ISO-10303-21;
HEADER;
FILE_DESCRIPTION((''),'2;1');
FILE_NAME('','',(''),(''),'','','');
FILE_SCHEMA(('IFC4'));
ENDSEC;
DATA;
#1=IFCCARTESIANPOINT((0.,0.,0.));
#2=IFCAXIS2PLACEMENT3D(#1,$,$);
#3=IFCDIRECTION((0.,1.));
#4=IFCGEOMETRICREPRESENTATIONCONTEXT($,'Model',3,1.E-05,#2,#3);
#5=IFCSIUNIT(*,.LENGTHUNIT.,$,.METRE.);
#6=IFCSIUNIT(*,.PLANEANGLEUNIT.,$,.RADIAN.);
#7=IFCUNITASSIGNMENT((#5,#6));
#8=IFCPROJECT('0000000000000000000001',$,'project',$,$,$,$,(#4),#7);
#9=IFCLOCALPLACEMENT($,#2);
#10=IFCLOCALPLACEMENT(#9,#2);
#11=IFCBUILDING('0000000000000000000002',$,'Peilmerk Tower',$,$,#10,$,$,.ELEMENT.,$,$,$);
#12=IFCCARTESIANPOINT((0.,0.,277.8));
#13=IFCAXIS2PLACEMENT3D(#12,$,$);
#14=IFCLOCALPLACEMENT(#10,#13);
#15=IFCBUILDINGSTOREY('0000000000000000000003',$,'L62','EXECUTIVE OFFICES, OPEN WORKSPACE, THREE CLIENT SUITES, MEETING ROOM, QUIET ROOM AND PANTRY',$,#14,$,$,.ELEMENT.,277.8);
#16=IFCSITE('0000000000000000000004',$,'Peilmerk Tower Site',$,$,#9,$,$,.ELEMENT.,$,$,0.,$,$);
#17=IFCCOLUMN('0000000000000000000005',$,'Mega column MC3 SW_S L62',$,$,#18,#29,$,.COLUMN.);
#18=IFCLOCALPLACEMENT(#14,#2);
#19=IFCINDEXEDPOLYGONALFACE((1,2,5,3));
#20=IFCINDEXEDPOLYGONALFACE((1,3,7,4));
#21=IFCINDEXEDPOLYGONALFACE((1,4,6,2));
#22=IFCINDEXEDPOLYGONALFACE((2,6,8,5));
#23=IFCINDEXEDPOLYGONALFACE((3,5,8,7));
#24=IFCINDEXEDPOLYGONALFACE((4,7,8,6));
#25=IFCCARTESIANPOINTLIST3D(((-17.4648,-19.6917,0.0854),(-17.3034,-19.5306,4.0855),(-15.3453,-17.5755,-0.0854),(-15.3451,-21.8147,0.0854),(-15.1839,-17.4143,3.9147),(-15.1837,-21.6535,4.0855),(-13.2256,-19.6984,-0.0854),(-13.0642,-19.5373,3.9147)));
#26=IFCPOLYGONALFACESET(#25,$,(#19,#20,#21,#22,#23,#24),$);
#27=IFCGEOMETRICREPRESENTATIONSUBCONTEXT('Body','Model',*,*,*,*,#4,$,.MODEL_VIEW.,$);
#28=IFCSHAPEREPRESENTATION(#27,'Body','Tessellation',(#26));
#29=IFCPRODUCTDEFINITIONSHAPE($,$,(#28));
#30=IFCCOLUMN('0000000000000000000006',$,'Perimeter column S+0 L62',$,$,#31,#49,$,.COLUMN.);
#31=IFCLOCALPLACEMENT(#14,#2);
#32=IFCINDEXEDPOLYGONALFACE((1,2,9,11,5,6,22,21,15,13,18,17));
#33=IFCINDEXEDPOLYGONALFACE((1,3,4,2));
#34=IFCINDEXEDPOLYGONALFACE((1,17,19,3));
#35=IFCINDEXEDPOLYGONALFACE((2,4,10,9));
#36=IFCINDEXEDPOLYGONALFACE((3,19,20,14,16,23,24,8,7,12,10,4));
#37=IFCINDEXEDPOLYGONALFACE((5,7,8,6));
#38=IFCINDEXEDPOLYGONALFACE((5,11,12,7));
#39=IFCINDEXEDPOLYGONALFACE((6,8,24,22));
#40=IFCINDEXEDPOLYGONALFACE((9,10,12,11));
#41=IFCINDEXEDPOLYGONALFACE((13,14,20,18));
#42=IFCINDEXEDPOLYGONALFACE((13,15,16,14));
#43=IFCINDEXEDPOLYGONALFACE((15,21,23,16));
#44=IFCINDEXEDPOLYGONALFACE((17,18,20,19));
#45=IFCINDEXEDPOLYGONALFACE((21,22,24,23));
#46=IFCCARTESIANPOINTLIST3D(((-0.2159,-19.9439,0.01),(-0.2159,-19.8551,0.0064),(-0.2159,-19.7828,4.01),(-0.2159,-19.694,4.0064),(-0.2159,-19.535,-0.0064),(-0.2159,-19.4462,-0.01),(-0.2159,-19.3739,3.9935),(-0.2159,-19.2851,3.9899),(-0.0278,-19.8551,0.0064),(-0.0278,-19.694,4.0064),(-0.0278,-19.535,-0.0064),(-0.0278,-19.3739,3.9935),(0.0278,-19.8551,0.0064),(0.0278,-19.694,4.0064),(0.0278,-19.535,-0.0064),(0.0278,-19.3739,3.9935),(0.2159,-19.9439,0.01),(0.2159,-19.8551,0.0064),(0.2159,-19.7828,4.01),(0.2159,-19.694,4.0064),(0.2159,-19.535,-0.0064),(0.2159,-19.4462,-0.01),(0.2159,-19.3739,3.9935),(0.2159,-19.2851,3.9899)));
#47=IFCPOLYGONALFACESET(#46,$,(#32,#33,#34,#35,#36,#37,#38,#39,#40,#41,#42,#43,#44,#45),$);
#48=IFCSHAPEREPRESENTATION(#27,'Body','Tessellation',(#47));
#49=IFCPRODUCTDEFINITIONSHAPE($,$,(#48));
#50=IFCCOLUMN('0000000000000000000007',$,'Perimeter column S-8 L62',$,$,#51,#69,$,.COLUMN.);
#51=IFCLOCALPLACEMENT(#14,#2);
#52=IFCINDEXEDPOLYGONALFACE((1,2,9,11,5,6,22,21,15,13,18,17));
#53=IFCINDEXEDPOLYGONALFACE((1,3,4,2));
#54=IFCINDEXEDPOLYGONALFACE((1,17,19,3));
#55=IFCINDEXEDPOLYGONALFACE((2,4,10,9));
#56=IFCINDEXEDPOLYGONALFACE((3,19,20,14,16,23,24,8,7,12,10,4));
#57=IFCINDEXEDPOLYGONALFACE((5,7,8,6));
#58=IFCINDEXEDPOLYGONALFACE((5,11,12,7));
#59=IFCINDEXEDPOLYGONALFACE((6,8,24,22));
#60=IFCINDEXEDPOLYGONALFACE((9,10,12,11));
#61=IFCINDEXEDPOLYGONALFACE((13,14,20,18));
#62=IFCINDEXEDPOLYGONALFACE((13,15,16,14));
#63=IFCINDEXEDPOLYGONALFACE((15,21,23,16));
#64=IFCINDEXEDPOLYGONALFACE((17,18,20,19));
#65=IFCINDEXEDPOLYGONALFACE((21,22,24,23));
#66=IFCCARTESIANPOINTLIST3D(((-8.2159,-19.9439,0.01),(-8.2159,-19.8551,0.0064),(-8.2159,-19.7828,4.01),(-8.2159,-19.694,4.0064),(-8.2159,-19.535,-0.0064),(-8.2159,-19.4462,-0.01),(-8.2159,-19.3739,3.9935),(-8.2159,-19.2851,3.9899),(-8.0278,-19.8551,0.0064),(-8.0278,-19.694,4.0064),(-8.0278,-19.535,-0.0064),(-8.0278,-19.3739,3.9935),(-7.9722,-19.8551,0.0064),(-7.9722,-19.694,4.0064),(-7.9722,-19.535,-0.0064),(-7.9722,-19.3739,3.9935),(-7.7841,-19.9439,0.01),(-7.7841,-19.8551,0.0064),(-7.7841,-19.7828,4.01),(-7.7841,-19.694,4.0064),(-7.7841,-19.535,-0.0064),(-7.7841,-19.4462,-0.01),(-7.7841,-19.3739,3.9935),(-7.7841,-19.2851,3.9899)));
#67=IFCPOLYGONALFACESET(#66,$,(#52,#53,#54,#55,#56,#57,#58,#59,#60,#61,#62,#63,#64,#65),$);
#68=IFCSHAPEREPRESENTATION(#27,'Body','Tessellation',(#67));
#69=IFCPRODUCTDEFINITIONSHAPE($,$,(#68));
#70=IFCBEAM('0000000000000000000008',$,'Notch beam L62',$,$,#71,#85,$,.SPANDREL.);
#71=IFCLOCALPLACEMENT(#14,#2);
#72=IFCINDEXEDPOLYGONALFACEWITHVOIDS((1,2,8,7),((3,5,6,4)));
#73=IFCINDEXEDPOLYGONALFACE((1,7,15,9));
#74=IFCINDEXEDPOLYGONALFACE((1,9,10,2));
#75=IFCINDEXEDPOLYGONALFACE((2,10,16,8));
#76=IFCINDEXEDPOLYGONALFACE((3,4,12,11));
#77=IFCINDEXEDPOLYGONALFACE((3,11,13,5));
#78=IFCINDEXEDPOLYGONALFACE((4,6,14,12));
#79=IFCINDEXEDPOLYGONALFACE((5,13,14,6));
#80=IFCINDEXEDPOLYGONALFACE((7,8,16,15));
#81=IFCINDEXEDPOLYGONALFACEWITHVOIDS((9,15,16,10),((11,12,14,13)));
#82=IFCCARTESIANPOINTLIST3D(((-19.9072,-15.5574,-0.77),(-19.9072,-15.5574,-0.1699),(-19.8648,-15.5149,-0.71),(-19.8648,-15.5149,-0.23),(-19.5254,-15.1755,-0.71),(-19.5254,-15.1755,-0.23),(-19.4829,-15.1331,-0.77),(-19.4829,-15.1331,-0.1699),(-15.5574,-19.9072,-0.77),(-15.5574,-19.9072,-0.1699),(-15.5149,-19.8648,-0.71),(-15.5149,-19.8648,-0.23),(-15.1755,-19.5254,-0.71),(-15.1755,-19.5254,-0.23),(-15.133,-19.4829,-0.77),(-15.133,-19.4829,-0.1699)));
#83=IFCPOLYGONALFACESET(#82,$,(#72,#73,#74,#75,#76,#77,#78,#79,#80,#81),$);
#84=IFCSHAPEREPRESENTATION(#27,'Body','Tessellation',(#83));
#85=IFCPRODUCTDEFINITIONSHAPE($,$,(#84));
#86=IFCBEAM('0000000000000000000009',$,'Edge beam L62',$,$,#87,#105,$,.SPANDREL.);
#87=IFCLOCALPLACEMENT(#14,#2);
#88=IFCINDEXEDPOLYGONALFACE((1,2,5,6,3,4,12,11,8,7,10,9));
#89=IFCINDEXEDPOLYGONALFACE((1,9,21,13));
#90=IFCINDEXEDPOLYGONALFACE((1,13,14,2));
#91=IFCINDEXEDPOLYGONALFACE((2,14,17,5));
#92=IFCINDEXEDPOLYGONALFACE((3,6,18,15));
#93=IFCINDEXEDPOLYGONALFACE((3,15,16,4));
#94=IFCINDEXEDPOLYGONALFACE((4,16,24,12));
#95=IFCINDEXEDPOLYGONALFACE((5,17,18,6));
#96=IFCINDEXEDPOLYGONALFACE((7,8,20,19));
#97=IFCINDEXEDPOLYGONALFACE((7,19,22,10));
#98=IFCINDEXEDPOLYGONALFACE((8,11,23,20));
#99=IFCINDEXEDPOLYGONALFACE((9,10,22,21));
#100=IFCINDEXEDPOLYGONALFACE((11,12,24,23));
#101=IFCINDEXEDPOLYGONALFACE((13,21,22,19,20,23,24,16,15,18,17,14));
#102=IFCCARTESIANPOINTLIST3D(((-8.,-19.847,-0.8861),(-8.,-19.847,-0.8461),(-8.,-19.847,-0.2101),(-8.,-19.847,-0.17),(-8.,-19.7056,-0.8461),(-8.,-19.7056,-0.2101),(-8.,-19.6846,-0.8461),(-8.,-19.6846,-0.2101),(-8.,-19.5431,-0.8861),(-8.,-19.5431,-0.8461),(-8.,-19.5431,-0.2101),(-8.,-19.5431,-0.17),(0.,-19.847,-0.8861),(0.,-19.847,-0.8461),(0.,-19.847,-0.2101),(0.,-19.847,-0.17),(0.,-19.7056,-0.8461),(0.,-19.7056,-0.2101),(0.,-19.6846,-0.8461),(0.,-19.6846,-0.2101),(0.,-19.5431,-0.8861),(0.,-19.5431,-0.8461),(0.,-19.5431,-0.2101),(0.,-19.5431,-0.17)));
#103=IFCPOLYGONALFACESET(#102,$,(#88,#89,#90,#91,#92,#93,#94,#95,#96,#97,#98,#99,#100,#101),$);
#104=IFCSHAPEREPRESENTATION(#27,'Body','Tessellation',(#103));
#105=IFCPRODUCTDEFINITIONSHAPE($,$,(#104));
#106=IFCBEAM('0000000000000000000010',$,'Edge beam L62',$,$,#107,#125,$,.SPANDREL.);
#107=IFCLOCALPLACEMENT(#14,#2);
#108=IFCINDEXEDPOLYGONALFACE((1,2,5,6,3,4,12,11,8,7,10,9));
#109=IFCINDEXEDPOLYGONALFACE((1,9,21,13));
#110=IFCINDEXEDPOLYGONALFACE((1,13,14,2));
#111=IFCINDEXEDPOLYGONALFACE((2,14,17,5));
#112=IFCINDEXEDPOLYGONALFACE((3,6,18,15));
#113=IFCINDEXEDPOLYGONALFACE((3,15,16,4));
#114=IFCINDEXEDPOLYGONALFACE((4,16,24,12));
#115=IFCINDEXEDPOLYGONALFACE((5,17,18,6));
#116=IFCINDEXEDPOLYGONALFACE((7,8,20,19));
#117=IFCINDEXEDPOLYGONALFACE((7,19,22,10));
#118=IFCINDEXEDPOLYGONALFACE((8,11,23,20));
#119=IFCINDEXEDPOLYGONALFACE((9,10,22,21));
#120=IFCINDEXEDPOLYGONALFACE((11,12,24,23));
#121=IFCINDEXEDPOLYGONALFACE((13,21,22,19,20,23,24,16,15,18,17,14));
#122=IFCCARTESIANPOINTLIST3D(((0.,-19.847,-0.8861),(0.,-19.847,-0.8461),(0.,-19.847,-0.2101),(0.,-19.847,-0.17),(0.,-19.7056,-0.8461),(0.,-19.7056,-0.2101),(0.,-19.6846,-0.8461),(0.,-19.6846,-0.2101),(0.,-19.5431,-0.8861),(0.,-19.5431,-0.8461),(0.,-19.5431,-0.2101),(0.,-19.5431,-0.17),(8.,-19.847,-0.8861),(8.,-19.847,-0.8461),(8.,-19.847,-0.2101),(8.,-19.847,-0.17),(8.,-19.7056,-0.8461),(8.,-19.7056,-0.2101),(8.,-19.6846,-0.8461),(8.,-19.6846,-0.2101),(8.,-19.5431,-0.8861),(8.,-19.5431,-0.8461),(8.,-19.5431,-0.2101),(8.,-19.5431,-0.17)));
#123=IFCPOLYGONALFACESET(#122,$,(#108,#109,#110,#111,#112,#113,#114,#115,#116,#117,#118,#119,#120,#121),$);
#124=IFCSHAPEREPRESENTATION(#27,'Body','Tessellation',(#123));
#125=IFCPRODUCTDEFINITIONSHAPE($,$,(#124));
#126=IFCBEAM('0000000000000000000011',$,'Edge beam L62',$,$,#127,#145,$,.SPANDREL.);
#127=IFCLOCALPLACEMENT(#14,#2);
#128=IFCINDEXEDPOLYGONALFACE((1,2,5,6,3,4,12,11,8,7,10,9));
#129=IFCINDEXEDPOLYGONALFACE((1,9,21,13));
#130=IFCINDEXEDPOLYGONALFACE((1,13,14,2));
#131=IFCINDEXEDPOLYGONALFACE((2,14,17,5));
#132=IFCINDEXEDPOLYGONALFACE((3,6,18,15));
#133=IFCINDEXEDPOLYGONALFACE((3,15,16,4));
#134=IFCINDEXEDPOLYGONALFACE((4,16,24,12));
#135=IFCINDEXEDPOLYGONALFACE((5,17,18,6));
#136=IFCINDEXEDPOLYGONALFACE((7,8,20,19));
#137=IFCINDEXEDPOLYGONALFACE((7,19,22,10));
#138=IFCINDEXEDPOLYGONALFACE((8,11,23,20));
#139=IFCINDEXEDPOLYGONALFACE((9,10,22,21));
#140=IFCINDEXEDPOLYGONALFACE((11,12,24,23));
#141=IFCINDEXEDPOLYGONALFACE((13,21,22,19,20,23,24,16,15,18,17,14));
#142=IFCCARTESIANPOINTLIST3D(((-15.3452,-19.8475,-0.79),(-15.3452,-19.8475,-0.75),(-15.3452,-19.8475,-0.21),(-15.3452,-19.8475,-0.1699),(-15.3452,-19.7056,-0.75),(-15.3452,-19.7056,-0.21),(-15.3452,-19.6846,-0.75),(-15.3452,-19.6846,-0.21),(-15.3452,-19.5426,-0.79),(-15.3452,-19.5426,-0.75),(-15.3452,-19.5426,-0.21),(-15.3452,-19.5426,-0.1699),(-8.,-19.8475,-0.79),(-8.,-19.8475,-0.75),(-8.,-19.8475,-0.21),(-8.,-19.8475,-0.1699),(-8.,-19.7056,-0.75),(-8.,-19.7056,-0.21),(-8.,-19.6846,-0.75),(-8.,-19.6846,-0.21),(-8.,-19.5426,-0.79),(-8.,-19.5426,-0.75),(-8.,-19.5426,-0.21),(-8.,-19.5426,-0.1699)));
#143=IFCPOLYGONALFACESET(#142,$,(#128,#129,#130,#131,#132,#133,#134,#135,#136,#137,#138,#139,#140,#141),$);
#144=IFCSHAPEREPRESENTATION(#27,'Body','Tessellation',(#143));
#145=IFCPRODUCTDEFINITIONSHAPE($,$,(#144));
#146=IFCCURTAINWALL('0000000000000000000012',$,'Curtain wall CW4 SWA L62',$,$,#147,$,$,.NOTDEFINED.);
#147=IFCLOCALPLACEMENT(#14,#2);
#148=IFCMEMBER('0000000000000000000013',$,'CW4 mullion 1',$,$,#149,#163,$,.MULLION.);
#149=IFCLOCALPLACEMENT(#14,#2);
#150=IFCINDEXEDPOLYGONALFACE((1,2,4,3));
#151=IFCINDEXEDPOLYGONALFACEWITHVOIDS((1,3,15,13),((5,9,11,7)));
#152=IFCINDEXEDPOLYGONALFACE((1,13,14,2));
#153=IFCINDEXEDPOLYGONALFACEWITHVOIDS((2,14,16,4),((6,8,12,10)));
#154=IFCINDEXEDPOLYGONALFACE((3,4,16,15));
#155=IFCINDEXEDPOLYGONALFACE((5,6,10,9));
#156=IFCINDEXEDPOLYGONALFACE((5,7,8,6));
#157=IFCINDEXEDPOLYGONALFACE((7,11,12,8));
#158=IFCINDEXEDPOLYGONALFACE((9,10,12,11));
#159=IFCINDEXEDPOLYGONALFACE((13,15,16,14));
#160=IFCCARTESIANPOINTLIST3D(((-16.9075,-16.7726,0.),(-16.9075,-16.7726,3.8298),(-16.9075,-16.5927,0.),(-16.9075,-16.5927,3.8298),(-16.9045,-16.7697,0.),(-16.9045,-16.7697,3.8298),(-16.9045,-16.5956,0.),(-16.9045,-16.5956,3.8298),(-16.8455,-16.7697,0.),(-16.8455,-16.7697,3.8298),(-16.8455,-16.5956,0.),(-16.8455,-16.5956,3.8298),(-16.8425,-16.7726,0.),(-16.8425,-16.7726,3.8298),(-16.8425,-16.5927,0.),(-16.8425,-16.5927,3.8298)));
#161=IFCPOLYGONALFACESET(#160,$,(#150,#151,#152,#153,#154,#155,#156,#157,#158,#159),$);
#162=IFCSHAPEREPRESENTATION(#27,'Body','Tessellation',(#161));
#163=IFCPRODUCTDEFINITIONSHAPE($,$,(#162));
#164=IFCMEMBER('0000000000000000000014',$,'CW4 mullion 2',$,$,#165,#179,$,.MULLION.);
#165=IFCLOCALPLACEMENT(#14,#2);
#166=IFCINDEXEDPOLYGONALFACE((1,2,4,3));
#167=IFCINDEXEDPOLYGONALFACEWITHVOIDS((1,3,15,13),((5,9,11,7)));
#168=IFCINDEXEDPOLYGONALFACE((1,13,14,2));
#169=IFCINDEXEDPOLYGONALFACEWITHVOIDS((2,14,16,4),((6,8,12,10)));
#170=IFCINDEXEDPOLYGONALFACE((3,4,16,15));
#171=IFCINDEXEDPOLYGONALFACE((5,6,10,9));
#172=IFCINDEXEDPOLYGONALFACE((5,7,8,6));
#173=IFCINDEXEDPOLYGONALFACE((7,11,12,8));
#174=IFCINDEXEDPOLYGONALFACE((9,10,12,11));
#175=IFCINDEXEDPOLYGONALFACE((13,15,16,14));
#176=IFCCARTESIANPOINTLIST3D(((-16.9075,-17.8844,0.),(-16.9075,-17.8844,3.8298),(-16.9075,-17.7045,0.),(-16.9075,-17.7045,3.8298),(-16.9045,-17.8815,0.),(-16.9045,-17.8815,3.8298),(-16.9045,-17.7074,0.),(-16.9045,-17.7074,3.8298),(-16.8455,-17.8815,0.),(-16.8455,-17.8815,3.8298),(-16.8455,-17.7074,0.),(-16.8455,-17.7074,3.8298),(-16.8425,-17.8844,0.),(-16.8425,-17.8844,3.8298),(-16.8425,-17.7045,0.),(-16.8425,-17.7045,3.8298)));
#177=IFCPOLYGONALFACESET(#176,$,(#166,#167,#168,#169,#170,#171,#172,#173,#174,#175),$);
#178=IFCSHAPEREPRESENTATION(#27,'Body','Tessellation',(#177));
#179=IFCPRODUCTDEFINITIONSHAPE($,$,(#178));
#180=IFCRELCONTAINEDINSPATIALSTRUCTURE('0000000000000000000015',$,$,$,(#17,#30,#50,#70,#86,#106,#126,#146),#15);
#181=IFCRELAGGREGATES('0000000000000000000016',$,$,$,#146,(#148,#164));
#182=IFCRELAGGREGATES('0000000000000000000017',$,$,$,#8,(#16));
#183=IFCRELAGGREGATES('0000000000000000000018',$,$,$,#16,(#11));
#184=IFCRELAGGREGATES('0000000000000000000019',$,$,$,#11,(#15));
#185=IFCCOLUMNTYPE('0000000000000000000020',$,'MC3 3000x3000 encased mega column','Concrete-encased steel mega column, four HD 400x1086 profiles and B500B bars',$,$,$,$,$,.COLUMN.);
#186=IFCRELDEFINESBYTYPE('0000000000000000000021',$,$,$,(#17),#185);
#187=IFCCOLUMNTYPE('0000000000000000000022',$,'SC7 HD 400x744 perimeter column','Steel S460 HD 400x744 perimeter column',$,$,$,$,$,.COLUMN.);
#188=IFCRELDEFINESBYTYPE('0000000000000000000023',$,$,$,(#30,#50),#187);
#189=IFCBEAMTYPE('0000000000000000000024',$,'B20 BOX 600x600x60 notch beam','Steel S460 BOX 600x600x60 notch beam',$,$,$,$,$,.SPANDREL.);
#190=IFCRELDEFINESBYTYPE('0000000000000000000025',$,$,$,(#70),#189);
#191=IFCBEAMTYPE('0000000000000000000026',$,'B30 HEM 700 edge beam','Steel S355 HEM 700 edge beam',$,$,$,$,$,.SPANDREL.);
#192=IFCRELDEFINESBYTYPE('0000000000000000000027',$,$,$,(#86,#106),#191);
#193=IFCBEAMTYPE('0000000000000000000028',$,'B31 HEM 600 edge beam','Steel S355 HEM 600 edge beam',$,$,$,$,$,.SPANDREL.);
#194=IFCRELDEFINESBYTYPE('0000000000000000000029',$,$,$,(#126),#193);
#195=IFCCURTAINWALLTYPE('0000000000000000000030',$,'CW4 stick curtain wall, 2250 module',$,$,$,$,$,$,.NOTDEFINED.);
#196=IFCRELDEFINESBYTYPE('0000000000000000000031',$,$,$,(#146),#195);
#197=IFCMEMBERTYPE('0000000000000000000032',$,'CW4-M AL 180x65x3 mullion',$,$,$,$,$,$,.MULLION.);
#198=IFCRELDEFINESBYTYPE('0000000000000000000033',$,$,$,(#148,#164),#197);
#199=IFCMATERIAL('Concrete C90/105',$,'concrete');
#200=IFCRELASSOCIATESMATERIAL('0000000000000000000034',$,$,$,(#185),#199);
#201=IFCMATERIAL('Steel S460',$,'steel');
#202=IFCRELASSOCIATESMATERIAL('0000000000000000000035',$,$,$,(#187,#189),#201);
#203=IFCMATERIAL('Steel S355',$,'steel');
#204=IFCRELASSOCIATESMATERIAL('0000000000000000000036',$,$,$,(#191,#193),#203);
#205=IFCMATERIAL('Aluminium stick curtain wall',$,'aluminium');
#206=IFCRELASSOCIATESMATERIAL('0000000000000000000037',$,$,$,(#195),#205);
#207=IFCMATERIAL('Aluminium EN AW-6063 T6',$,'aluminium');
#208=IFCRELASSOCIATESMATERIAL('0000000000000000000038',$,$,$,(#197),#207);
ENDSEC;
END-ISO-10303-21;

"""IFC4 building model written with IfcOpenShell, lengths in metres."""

from ifc_helpers import new_model, si_unit, direction, frame, origin, origin_2d, place, context, subcontext, project, spatial, rectangle, hollow_rectangle, i_section, extrude, material, material_profile, profile_set, type_object, element, aggregate, save


model = new_model("IFC4")

# Units and contexts
model_context = context("Model", 3, precision=1e-05, world=origin(), true_north=direction((0.0, 1.0)))
body_context = subcontext(model_context, "Body", "Model", "MODEL_VIEW")
ifc_project = project(units=[si_unit("LENGTHUNIT", "METRE"), si_unit("PLANEANGLEUNIT", "RADIAN")], contexts=[model_context])

# Site, building, storey
site_placement = place(None, origin())
site = spatial("IfcSite", under=ifc_project, at=site_placement, Name="Peilmerk Tower Site", CompositionType="ELEMENT", RefElevation=0.0)
building_placement = place(site_placement, origin())
building = spatial("IfcBuilding", under=site, at=building_placement, Name="Peilmerk Tower", CompositionType="ELEMENT")
storey_placement = place(building_placement, frame((0.0, 0.0, 277.8)))
storey = spatial("IfcBuildingStorey", under=building, at=storey_placement, Name="L62", Description="EXECUTIVE OFFICES, OPEN WORKSPACE, THREE CLIENT SUITES, MEETING ROOM, QUIET ROOM AND PANTRY", CompositionType="ELEMENT", Elevation=277.8)

# Columns
ifc_material_1 = material(Name="Concrete C90/105", Category="concrete")
ifc_material_profile_1 = material_profile(ifc_material_1, rectangle(XDim=3.0, YDim=3.0, at=origin_2d()), Name="RC 3000x3000")
ifc_profile_set_1 = profile_set([ifc_material_profile_1], Name="Concrete C90/105")
column_type_1 = type_object("IfcColumnType", Name="MC3 3000x3000 encased mega column", Description="Concrete-encased steel mega column, four HD 400x1086 profiles and B500B bars", PredefinedType="COLUMN", material=ifc_profile_set_1)
column_placement = place(storey_placement, frame((-15.3452, -19.6951, 0.0), z_axis=(0.040279, 0.040218, 0.998379), x_axis=(-0.706571, 0.707642, 0.0)))
element("IfcColumn", 1, at=column_placement, inside=storey, type_object=column_type_1, Name="Mega column MC3 SW_S L62", PredefinedType="COLUMN", context=body_context, shape_type="SweptSolid", body=[
    extrude(rectangle(XDim=3.0, YDim=3.0, at=origin_2d()), origin(), (0.0, 0.0, 1.0), 4.0066),
])
ifc_material_2 = material(Name="Steel S460", Category="steel")
ifc_material_profile_2 = material_profile(ifc_material_2, i_section(OverallWidth=0.4319, OverallDepth=0.498, WebThickness=0.0557, FlangeThickness=0.0889, at=origin_2d()), Name="HD 400x744")
ifc_profile_set_2 = profile_set([ifc_material_profile_2], Name="Steel S460")
column_type_2 = type_object("IfcColumnType", Name="SC7 HD 400x744 perimeter column", Description="Steel S460 HD 400x744 perimeter column", PredefinedType="COLUMN", material=ifc_profile_set_2)
for number, where, z_axis, x_axis, name in (
    (2, (0.0, -19.6951, 0.0), (0.0, 0.040251, 0.99919), (-1.0, 0.0, 0.0), "Perimeter column S+0 L62"),
    (3, (-8.0, -19.6951, 0.0), (0.0, 0.040251, 0.99919), (-1.0, 0.0, 0.0), "Perimeter column S-8 L62"),
):
    element("IfcColumn", number, at=place(storey_placement, frame(where, z_axis=z_axis, x_axis=x_axis)), inside=storey, type_object=column_type_2, Name=name, PredefinedType="COLUMN", context=body_context, shape_type="SweptSolid", body=[
        extrude(i_section(OverallWidth=0.4319, OverallDepth=0.498, WebThickness=0.0557, FlangeThickness=0.0889, at=origin_2d()), origin(), (0.0, 0.0, 1.0), 4.0032),
    ])

# Beams
ifc_material_profile_3 = material_profile(ifc_material_2, hollow_rectangle(XDim=0.6001, YDim=0.6001, WallThickness=0.0601, at=origin_2d()), Name="BOX 600x600x60")
ifc_profile_set_3 = profile_set([ifc_material_profile_3], Name="Steel S460")
beam_type_1 = type_object("IfcBeamType", Name="B20 BOX 600x600x60 notch beam", Description="Steel S460 BOX 600x600x60 notch beam", PredefinedType="SPANDREL", material=ifc_profile_set_3)
beam_1_placement = place(storey_placement, frame((-15.3452, -19.6951, -0.47), z_axis=(-0.707107, 0.707107, 0.0), x_axis=(-0.707107, -0.707107, 0.0)))
element("IfcBeam", 4, at=beam_1_placement, inside=storey, type_object=beam_type_1, Name="Notch beam L62", PredefinedType="SPANDREL", context=body_context, shape_type="SweptSolid", body=[
    extrude(hollow_rectangle(XDim=0.6001, YDim=0.6001, WallThickness=0.0601, at=origin_2d()), origin(), (0.0, 0.0, 1.0), 6.1516),
])
ifc_material_3 = material(Name="Steel S355", Category="steel")
ifc_material_profile_4 = material_profile(ifc_material_3, i_section(OverallWidth=0.304, OverallDepth=0.7161, WebThickness=0.021, FlangeThickness=0.04, at=origin_2d()), Name="HEM 700")
ifc_profile_set_4 = profile_set([ifc_material_profile_4], Name="Steel S355")
beam_type_2 = type_object("IfcBeamType", Name="B30 HEM 700 edge beam", Description="Steel S355 HEM 700 edge beam", PredefinedType="SPANDREL", material=ifc_profile_set_4)
for number, where, z_axis, x_axis, name in (
    (5, (-8.0, -19.6951, -0.5281), (1.0, 0.0, 0.0), (0.0, 1.0, 0.0), "Edge beam L62"),
    (6, (0.0, -19.6951, -0.5281), (1.0, 0.0, 0.0), (0.0, 1.0, 0.0), "Edge beam L62"),
):
    element("IfcBeam", number, at=place(storey_placement, frame(where, z_axis=z_axis, x_axis=x_axis)), inside=storey, type_object=beam_type_2, Name=name, PredefinedType="SPANDREL", context=body_context, shape_type="SweptSolid", body=[
        extrude(i_section(OverallWidth=0.304, OverallDepth=0.7161, WebThickness=0.021, FlangeThickness=0.04, at=origin_2d()), origin(), (0.0, 0.0, 1.0), 8.0),
    ])
ifc_material_profile_5 = material_profile(ifc_material_3, i_section(OverallWidth=0.3049, OverallDepth=0.6201, WebThickness=0.021, FlangeThickness=0.04, at=origin_2d()), Name="HEM 600")
ifc_profile_set_5 = profile_set([ifc_material_profile_5], Name="Steel S355")
beam_type_3 = type_object("IfcBeamType", Name="B31 HEM 600 edge beam", Description="Steel S355 HEM 600 edge beam", PredefinedType="SPANDREL", material=ifc_profile_set_5)
beam_2_placement = place(storey_placement, frame((-15.3452, -19.6951, -0.48), z_axis=(1.0, 0.0, 0.0), x_axis=(0.0, 1.0, 0.0)))
element("IfcBeam", 7, at=beam_2_placement, inside=storey, type_object=beam_type_3, Name="Edge beam L62", PredefinedType="SPANDREL", context=body_context, shape_type="SweptSolid", body=[
    extrude(i_section(OverallWidth=0.3049, OverallDepth=0.6201, WebThickness=0.021, FlangeThickness=0.04, at=origin_2d()), origin(), (0.0, 0.0, 1.0), 7.3452),
])

# Curtain wall, members
ifc_material_4 = material(Name="Aluminium stick curtain wall", Category="aluminium")
curtain_wall_type = type_object("IfcCurtainWallType", Name="CW4 stick curtain wall, 2250 module", PredefinedType="NOTDEFINED", material=ifc_material_4)
curtain_wall_placement = place(storey_placement, origin())
curtain_wall = element("IfcCurtainWall", 8, at=curtain_wall_placement, inside=storey, type_object=curtain_wall_type, Name="Curtain wall CW4 SWA L62", PredefinedType="NOTDEFINED")
ifc_material_5 = material(Name="Aluminium EN AW-6063 T6", Category="aluminium")
ifc_material_profile_6 = material_profile(ifc_material_5, hollow_rectangle(XDim=0.0649, YDim=0.1799, WallThickness=0.0029, at=origin_2d()), Name="AL 180x65x3")
ifc_profile_set_6 = profile_set([ifc_material_profile_6], Name="Aluminium EN AW-6063 T6")
member_type_1 = type_object("IfcMemberType", Name="CW4-M AL 180x65x3 mullion", PredefinedType="MULLION", material=ifc_profile_set_6)
member_1_placement = place(storey_placement, frame((-16.875, -16.6826, 0.0), z_axis=(0.0, 0.0, 1.0), x_axis=(1.0, 0.0, 0.0)))
member_1 = element("IfcMember", 9, at=member_1_placement, type_object=member_type_1, Name="CW4 mullion 1", PredefinedType="MULLION", context=body_context, shape_type="SweptSolid", body=[
    extrude(hollow_rectangle(XDim=0.0649, YDim=0.1799, WallThickness=0.0029, at=origin_2d()), origin(), (0.0, 0.0, 1.0), 3.8298),
])
member_2_placement = place(storey_placement, frame((-16.875, -17.7944, 0.0), z_axis=(0.0, 0.0, 1.0), x_axis=(1.0, 0.0, 0.0)))
member_2 = element("IfcMember", 10, at=member_2_placement, type_object=member_type_1, Name="CW4 mullion 2", PredefinedType="MULLION", context=body_context, shape_type="SweptSolid", body=[
    extrude(hollow_rectangle(XDim=0.0649, YDim=0.1799, WallThickness=0.0029, at=origin_2d()), origin(), (0.0, 0.0, 1.0), 3.8298),
])
aggregate(curtain_wall, [member_1, member_2])

save(model, "model.ifc")
